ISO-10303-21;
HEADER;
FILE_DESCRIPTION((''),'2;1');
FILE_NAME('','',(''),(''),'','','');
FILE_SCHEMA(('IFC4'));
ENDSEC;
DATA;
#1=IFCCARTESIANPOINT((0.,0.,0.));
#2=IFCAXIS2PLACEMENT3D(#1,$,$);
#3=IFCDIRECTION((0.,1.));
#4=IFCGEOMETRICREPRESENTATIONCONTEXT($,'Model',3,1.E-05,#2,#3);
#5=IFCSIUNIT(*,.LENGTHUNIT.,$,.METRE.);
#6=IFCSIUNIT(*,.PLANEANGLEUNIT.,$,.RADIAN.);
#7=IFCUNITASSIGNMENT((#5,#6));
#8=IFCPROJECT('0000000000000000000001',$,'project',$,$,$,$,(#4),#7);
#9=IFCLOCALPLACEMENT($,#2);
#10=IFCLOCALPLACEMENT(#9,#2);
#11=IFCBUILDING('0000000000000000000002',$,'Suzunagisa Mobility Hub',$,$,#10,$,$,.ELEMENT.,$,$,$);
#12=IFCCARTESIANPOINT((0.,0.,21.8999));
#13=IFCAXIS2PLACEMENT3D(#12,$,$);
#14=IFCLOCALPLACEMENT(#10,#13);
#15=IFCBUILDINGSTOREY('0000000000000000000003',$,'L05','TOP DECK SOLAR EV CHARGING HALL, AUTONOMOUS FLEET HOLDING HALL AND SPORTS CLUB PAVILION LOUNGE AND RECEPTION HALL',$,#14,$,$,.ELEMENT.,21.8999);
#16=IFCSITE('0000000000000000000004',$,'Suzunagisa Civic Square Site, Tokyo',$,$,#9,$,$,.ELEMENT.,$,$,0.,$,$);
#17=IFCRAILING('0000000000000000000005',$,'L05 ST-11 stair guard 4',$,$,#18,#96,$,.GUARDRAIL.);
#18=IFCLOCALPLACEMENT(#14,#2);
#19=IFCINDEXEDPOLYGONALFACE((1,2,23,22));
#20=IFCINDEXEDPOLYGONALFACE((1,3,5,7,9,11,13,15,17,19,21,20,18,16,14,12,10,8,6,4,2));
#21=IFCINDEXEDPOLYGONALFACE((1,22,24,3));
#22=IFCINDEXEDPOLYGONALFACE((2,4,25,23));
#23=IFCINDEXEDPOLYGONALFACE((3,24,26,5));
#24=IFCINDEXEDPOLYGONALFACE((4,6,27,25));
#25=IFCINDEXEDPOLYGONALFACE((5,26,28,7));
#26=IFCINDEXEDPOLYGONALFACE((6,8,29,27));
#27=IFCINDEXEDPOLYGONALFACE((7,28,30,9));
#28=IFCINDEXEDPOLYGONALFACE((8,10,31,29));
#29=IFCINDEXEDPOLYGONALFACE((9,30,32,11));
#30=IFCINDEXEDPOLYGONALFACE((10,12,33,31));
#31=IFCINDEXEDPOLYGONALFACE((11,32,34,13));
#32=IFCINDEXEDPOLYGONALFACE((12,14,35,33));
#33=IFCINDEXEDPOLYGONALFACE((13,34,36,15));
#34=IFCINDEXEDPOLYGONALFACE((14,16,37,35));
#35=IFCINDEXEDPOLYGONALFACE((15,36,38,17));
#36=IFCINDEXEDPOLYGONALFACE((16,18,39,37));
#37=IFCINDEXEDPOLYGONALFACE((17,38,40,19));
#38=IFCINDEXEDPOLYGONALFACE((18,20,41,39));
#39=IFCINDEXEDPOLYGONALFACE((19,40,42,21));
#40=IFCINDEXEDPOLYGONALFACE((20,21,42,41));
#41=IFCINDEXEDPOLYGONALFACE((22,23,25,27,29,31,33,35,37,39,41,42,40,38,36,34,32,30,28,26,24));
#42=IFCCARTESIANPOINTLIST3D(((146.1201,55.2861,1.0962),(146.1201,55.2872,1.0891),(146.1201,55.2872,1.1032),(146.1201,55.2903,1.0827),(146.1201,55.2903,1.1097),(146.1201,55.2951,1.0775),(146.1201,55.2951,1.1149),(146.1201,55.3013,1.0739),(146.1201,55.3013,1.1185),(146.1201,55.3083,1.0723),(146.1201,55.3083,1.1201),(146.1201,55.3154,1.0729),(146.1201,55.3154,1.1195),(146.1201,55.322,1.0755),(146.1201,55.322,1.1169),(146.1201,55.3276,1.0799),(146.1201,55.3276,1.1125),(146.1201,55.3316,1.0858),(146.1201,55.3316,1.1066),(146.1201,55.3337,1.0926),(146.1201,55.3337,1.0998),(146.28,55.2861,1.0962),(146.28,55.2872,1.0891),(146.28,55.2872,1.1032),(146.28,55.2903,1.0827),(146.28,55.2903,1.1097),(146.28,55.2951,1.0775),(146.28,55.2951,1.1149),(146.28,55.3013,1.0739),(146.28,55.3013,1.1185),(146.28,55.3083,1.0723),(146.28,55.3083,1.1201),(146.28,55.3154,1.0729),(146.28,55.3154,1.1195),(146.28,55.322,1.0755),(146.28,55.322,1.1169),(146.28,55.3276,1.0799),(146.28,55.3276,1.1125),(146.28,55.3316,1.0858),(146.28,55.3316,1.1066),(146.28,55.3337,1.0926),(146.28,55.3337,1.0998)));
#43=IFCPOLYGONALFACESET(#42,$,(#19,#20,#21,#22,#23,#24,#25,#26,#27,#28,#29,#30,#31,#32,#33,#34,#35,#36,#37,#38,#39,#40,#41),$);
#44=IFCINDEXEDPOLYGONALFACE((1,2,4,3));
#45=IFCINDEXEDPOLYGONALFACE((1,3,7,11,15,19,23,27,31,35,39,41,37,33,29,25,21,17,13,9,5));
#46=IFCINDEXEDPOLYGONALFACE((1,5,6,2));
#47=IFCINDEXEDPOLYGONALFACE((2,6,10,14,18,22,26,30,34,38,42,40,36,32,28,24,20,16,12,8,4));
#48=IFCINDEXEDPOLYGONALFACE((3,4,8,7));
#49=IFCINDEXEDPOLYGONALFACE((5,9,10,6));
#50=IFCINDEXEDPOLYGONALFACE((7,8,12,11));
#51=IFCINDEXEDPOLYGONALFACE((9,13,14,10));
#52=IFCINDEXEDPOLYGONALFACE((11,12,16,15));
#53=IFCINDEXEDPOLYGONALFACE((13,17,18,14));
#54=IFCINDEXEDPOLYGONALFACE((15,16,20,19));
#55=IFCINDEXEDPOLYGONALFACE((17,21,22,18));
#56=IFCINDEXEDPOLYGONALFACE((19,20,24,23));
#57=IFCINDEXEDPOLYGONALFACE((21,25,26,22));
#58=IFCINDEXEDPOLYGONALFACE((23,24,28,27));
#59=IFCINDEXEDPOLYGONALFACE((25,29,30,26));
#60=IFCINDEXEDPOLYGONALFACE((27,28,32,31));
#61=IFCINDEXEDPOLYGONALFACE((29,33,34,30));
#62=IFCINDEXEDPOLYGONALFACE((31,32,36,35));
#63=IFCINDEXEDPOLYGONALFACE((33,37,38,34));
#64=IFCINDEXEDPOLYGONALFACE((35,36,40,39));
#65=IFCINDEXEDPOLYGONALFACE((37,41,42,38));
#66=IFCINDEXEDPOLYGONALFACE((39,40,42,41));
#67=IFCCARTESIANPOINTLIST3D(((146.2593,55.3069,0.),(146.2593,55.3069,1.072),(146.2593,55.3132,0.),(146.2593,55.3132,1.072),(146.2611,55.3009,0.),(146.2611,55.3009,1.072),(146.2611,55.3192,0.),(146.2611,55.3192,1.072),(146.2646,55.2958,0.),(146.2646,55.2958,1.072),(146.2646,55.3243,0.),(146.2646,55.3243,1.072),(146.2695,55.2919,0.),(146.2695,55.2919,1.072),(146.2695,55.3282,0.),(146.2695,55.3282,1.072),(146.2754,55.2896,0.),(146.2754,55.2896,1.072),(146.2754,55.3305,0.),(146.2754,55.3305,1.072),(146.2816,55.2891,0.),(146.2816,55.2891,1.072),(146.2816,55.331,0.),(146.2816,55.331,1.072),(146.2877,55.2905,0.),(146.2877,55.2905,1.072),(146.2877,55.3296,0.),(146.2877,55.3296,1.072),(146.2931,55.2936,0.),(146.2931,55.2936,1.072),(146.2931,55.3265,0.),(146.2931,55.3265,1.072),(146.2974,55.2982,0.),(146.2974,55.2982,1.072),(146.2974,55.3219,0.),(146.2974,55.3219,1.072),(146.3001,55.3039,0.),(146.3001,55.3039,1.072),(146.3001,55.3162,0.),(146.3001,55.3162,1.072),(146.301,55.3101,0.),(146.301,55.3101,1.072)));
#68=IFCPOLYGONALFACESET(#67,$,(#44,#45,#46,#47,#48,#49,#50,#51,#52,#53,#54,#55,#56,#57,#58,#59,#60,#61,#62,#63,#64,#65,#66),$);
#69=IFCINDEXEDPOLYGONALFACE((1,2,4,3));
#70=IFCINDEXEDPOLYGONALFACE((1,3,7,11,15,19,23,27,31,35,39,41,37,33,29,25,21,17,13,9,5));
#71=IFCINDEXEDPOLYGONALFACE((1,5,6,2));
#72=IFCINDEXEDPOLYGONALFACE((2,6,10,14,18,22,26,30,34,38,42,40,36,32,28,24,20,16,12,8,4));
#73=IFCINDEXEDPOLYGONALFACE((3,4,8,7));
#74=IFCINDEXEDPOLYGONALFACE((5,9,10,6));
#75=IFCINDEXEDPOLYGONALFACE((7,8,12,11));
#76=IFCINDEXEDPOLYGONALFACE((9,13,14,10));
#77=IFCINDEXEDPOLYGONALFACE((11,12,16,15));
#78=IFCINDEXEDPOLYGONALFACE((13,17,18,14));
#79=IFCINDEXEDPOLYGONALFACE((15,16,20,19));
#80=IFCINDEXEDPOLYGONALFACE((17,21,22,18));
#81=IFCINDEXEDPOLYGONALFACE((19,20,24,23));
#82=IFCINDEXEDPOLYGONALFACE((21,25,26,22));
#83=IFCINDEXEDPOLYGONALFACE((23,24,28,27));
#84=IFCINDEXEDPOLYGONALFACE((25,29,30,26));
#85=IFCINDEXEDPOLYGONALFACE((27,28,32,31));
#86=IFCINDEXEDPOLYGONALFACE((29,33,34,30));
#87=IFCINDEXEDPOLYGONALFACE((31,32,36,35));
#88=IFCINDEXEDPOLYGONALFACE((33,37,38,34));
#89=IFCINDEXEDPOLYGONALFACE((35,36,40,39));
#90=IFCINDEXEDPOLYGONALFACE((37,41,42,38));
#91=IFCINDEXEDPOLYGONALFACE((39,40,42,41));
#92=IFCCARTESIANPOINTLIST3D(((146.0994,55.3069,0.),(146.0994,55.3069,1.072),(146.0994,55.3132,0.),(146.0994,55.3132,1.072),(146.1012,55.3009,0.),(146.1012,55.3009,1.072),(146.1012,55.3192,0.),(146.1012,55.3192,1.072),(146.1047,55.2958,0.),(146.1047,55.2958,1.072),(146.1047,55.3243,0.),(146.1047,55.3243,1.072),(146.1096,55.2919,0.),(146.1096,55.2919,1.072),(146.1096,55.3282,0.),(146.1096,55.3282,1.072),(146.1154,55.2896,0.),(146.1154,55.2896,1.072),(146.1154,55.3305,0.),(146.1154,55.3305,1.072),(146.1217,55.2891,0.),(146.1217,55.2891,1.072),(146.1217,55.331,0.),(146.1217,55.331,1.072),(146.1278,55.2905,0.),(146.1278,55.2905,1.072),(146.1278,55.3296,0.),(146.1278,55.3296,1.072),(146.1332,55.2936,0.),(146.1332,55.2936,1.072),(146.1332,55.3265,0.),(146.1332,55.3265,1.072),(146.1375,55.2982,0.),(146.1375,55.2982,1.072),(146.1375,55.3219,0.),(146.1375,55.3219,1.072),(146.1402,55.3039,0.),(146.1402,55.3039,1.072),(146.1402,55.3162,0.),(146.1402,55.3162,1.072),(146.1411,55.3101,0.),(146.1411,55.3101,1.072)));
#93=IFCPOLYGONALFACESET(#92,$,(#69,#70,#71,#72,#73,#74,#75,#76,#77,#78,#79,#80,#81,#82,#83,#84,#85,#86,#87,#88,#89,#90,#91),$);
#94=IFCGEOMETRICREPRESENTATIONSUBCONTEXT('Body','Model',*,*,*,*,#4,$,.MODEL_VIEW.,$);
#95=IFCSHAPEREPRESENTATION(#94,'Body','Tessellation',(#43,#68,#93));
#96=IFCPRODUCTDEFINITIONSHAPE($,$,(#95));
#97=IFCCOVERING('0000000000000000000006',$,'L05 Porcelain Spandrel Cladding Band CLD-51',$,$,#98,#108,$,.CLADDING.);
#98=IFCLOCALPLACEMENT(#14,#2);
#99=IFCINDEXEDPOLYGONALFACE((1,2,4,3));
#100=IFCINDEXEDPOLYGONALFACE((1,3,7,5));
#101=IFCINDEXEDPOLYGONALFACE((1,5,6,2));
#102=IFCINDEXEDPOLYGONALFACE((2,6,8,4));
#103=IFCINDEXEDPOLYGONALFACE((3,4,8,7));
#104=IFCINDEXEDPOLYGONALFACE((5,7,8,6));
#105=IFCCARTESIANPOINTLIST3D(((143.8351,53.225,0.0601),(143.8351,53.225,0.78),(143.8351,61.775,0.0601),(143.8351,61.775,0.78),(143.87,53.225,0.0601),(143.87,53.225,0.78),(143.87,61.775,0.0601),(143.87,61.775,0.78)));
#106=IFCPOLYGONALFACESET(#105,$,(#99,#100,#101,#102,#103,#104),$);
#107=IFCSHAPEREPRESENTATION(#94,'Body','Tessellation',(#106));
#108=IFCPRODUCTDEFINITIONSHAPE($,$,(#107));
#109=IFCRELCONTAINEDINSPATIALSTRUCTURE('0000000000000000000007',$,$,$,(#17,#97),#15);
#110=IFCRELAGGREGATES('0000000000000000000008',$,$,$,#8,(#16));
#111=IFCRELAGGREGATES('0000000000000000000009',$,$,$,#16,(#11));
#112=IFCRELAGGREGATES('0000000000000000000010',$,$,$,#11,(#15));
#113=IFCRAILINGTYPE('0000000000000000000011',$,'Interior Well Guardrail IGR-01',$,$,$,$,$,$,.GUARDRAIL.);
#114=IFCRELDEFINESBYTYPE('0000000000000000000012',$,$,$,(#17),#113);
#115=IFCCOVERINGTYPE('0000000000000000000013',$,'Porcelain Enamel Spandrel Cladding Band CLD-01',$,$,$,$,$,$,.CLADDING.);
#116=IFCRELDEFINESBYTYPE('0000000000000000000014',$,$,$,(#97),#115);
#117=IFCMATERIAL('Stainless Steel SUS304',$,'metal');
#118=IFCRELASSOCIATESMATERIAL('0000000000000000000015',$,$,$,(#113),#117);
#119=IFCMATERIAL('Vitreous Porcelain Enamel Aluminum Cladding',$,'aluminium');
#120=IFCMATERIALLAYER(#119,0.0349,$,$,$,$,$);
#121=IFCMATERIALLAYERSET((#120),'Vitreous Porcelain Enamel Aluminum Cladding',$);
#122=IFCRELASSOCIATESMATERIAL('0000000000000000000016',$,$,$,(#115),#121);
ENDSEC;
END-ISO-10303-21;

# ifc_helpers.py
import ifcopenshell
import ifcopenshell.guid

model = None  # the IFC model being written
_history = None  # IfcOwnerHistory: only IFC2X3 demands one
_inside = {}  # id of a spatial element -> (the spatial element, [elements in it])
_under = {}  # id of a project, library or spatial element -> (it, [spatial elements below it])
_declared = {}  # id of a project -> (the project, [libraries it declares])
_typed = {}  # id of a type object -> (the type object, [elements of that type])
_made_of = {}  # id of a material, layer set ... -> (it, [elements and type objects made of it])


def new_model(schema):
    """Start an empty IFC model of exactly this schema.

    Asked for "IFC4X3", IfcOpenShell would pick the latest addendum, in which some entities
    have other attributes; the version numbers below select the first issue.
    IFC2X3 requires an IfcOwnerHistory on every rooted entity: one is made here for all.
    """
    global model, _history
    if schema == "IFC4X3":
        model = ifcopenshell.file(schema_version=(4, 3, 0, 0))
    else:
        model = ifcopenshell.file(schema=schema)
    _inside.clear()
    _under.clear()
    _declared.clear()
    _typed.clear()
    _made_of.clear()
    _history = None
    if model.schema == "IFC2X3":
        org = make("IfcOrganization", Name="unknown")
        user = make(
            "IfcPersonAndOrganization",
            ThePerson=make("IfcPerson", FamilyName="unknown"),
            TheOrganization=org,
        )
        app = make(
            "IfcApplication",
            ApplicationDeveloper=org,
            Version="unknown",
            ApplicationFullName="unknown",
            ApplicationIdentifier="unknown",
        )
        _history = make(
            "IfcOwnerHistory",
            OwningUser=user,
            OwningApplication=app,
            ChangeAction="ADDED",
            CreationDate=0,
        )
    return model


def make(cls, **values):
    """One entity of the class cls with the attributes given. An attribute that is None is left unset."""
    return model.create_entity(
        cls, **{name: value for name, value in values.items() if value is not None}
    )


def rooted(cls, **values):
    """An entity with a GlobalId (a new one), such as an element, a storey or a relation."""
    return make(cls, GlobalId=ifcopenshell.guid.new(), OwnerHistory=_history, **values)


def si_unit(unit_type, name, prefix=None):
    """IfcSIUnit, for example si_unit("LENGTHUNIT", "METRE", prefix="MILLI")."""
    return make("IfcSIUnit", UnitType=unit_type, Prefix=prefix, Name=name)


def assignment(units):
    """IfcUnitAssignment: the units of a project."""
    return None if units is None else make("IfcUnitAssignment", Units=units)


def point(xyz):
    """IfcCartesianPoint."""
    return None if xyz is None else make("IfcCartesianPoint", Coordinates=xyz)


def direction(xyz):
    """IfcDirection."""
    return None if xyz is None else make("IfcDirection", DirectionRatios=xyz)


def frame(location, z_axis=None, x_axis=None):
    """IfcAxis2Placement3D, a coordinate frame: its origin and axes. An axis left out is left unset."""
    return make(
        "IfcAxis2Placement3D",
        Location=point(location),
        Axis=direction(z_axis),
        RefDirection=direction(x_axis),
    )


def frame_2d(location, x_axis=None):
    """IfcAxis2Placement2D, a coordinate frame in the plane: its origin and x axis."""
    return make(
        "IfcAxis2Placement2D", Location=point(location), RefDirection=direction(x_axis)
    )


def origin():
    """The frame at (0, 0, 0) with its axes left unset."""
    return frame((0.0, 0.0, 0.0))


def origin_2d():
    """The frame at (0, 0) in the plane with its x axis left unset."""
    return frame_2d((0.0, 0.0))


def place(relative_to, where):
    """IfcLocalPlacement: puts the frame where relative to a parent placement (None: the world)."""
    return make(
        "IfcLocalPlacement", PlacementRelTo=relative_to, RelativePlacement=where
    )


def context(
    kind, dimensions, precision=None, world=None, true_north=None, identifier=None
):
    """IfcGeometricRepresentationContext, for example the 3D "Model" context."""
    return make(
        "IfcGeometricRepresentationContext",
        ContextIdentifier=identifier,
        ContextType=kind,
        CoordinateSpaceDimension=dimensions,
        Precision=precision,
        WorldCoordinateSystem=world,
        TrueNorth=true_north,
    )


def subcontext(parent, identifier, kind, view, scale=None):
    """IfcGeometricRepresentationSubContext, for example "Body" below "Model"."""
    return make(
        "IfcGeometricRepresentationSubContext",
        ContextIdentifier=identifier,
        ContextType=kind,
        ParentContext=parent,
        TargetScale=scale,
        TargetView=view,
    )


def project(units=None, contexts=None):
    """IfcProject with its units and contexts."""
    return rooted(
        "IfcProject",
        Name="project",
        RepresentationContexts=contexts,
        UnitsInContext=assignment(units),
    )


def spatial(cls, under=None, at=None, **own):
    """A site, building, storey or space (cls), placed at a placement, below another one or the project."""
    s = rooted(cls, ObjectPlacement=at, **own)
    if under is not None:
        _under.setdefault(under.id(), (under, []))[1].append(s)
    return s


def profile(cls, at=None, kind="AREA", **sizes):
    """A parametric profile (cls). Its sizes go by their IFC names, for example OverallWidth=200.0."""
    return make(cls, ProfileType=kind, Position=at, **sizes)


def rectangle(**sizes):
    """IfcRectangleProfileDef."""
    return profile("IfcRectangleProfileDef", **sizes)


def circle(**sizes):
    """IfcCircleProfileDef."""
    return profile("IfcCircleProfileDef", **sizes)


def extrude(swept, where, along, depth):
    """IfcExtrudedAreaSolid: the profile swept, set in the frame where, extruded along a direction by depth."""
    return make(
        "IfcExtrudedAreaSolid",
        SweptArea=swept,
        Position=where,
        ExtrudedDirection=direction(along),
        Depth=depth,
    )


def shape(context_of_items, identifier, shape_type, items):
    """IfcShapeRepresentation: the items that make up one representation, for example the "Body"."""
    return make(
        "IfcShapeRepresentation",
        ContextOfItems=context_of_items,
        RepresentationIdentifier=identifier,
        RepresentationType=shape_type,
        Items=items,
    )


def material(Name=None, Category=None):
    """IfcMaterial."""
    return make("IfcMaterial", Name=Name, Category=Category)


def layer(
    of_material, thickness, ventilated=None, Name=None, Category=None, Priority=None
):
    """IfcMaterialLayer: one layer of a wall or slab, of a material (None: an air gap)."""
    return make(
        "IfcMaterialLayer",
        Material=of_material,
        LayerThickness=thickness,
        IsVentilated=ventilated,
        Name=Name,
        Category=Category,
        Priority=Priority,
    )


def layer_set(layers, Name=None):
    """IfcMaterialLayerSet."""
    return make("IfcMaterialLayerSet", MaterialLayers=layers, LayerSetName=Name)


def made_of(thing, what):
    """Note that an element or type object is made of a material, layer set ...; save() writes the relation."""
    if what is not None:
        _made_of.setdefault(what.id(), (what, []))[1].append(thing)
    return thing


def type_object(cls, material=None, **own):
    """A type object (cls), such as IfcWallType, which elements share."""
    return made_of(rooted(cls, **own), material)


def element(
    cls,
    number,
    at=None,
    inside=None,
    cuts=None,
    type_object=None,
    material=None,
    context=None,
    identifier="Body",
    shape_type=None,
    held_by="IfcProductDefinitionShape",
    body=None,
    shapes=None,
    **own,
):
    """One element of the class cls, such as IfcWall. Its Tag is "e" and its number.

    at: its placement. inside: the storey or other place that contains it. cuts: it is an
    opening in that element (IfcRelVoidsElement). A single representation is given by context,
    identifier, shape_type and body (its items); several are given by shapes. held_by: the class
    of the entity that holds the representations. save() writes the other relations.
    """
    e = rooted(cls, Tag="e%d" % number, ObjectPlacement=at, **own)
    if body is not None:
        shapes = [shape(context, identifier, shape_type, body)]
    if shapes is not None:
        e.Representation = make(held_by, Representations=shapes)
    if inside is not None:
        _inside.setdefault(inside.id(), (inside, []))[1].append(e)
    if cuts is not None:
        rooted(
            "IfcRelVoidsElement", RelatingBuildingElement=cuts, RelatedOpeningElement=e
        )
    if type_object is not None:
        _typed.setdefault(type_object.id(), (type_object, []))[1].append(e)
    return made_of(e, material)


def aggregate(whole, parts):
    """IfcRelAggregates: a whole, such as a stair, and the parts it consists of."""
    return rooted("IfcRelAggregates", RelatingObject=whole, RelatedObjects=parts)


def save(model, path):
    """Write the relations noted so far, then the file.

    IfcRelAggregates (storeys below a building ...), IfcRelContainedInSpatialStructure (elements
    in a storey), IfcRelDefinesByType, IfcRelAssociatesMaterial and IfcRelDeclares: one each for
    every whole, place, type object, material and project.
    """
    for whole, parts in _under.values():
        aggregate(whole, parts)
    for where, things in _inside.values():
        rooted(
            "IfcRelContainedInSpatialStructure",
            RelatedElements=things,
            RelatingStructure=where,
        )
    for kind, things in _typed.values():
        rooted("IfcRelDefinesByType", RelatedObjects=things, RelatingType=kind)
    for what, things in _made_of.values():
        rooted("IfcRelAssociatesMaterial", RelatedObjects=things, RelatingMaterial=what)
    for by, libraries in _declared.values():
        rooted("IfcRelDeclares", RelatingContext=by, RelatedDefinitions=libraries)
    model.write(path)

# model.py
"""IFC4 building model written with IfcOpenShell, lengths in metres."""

from ifc_helpers import new_model, si_unit, direction, frame, origin, origin_2d, place, context, subcontext, project, spatial, rectangle, circle, extrude, material, layer, layer_set, type_object, element, save


model = new_model("IFC4")

# Units and contexts
model_context = context("Model", 3, precision=1e-05, world=origin(), true_north=direction((0.0, 1.0)))
body_context = subcontext(model_context, "Body", "Model", "MODEL_VIEW")
ifc_project = project(units=[si_unit("LENGTHUNIT", "METRE"), si_unit("PLANEANGLEUNIT", "RADIAN")], contexts=[model_context])

# Site, building, storey
site_placement = place(None, origin())
site = spatial("IfcSite", under=ifc_project, at=site_placement, Name="Suzunagisa Civic Square Site, Tokyo", CompositionType="ELEMENT", RefElevation=0.0)
building_placement = place(site_placement, origin())
building = spatial("IfcBuilding", under=site, at=building_placement, Name="Suzunagisa Mobility Hub", CompositionType="ELEMENT")
storey_placement = place(building_placement, frame((0.0, 0.0, 21.8999)))
storey = spatial("IfcBuildingStorey", under=building, at=storey_placement, Name="L05", Description="TOP DECK SOLAR EV CHARGING HALL, AUTONOMOUS FLEET HOLDING HALL AND SPORTS CLUB PAVILION LOUNGE AND RECEPTION HALL", CompositionType="ELEMENT", Elevation=21.8999)

# Railing
ifc_material_1 = material(Name="Stainless Steel SUS304", Category="metal")
railing_type_1 = type_object("IfcRailingType", Name="Interior Well Guardrail IGR-01", PredefinedType="GUARDRAIL", material=ifc_material_1)
railing_1_placement = place(storey_placement, frame((146.28, 55.3101, 0.0)))
element("IfcRailing", 1, at=railing_1_placement, inside=storey, type_object=railing_type_1, Name="L05 ST-11 stair guard 4", PredefinedType="GUARDRAIL", context=body_context, shape_type="SweptSolid", body=[
    extrude(circle(Radius=0.0239, at=origin_2d()), frame((0.0, 0.0, 1.0962), z_axis=(-1.0, 0.0, 0.0), x_axis=(0.0, -1.0, 0.0)), (0.0, 0.0, 1.0), 0.1599),
    extrude(circle(Radius=0.021, at=origin_2d()), origin(), (0.0, 0.0, 1.0), 1.072),
    extrude(circle(Radius=0.021, at=origin_2d()), frame((-0.1599, 0.0, 0.0)), (0.0, 0.0, 1.0), 1.072),
])

# Covering
ifc_material_2 = material(Name="Vitreous Porcelain Enamel Aluminum Cladding", Category="aluminium")
ifc_layer_1 = layer(ifc_material_2, 0.0349)
ifc_layer_set_1 = layer_set([ifc_layer_1], Name="Vitreous Porcelain Enamel Aluminum Cladding")
covering_type = type_object("IfcCoveringType", Name="Porcelain Enamel Spandrel Cladding Band CLD-01", PredefinedType="CLADDING", material=ifc_layer_set_1)
covering_placement = place(storey_placement, frame((143.8525, 57.5, 0.0601), z_axis=(0.0, 0.0, 1.0), x_axis=(0.0, -1.0, 0.0)))
element("IfcCovering", 2, at=covering_placement, inside=storey, type_object=covering_type, Name="L05 Porcelain Spandrel Cladding Band CLD-51", PredefinedType="CLADDING", context=body_context, shape_type="SweptSolid", body=[
    extrude(rectangle(XDim=8.55, YDim=0.0349, at=origin_2d()), origin(), (0.0, 0.0, 1.0), 0.72),
])

save(model, "model.ifc")
